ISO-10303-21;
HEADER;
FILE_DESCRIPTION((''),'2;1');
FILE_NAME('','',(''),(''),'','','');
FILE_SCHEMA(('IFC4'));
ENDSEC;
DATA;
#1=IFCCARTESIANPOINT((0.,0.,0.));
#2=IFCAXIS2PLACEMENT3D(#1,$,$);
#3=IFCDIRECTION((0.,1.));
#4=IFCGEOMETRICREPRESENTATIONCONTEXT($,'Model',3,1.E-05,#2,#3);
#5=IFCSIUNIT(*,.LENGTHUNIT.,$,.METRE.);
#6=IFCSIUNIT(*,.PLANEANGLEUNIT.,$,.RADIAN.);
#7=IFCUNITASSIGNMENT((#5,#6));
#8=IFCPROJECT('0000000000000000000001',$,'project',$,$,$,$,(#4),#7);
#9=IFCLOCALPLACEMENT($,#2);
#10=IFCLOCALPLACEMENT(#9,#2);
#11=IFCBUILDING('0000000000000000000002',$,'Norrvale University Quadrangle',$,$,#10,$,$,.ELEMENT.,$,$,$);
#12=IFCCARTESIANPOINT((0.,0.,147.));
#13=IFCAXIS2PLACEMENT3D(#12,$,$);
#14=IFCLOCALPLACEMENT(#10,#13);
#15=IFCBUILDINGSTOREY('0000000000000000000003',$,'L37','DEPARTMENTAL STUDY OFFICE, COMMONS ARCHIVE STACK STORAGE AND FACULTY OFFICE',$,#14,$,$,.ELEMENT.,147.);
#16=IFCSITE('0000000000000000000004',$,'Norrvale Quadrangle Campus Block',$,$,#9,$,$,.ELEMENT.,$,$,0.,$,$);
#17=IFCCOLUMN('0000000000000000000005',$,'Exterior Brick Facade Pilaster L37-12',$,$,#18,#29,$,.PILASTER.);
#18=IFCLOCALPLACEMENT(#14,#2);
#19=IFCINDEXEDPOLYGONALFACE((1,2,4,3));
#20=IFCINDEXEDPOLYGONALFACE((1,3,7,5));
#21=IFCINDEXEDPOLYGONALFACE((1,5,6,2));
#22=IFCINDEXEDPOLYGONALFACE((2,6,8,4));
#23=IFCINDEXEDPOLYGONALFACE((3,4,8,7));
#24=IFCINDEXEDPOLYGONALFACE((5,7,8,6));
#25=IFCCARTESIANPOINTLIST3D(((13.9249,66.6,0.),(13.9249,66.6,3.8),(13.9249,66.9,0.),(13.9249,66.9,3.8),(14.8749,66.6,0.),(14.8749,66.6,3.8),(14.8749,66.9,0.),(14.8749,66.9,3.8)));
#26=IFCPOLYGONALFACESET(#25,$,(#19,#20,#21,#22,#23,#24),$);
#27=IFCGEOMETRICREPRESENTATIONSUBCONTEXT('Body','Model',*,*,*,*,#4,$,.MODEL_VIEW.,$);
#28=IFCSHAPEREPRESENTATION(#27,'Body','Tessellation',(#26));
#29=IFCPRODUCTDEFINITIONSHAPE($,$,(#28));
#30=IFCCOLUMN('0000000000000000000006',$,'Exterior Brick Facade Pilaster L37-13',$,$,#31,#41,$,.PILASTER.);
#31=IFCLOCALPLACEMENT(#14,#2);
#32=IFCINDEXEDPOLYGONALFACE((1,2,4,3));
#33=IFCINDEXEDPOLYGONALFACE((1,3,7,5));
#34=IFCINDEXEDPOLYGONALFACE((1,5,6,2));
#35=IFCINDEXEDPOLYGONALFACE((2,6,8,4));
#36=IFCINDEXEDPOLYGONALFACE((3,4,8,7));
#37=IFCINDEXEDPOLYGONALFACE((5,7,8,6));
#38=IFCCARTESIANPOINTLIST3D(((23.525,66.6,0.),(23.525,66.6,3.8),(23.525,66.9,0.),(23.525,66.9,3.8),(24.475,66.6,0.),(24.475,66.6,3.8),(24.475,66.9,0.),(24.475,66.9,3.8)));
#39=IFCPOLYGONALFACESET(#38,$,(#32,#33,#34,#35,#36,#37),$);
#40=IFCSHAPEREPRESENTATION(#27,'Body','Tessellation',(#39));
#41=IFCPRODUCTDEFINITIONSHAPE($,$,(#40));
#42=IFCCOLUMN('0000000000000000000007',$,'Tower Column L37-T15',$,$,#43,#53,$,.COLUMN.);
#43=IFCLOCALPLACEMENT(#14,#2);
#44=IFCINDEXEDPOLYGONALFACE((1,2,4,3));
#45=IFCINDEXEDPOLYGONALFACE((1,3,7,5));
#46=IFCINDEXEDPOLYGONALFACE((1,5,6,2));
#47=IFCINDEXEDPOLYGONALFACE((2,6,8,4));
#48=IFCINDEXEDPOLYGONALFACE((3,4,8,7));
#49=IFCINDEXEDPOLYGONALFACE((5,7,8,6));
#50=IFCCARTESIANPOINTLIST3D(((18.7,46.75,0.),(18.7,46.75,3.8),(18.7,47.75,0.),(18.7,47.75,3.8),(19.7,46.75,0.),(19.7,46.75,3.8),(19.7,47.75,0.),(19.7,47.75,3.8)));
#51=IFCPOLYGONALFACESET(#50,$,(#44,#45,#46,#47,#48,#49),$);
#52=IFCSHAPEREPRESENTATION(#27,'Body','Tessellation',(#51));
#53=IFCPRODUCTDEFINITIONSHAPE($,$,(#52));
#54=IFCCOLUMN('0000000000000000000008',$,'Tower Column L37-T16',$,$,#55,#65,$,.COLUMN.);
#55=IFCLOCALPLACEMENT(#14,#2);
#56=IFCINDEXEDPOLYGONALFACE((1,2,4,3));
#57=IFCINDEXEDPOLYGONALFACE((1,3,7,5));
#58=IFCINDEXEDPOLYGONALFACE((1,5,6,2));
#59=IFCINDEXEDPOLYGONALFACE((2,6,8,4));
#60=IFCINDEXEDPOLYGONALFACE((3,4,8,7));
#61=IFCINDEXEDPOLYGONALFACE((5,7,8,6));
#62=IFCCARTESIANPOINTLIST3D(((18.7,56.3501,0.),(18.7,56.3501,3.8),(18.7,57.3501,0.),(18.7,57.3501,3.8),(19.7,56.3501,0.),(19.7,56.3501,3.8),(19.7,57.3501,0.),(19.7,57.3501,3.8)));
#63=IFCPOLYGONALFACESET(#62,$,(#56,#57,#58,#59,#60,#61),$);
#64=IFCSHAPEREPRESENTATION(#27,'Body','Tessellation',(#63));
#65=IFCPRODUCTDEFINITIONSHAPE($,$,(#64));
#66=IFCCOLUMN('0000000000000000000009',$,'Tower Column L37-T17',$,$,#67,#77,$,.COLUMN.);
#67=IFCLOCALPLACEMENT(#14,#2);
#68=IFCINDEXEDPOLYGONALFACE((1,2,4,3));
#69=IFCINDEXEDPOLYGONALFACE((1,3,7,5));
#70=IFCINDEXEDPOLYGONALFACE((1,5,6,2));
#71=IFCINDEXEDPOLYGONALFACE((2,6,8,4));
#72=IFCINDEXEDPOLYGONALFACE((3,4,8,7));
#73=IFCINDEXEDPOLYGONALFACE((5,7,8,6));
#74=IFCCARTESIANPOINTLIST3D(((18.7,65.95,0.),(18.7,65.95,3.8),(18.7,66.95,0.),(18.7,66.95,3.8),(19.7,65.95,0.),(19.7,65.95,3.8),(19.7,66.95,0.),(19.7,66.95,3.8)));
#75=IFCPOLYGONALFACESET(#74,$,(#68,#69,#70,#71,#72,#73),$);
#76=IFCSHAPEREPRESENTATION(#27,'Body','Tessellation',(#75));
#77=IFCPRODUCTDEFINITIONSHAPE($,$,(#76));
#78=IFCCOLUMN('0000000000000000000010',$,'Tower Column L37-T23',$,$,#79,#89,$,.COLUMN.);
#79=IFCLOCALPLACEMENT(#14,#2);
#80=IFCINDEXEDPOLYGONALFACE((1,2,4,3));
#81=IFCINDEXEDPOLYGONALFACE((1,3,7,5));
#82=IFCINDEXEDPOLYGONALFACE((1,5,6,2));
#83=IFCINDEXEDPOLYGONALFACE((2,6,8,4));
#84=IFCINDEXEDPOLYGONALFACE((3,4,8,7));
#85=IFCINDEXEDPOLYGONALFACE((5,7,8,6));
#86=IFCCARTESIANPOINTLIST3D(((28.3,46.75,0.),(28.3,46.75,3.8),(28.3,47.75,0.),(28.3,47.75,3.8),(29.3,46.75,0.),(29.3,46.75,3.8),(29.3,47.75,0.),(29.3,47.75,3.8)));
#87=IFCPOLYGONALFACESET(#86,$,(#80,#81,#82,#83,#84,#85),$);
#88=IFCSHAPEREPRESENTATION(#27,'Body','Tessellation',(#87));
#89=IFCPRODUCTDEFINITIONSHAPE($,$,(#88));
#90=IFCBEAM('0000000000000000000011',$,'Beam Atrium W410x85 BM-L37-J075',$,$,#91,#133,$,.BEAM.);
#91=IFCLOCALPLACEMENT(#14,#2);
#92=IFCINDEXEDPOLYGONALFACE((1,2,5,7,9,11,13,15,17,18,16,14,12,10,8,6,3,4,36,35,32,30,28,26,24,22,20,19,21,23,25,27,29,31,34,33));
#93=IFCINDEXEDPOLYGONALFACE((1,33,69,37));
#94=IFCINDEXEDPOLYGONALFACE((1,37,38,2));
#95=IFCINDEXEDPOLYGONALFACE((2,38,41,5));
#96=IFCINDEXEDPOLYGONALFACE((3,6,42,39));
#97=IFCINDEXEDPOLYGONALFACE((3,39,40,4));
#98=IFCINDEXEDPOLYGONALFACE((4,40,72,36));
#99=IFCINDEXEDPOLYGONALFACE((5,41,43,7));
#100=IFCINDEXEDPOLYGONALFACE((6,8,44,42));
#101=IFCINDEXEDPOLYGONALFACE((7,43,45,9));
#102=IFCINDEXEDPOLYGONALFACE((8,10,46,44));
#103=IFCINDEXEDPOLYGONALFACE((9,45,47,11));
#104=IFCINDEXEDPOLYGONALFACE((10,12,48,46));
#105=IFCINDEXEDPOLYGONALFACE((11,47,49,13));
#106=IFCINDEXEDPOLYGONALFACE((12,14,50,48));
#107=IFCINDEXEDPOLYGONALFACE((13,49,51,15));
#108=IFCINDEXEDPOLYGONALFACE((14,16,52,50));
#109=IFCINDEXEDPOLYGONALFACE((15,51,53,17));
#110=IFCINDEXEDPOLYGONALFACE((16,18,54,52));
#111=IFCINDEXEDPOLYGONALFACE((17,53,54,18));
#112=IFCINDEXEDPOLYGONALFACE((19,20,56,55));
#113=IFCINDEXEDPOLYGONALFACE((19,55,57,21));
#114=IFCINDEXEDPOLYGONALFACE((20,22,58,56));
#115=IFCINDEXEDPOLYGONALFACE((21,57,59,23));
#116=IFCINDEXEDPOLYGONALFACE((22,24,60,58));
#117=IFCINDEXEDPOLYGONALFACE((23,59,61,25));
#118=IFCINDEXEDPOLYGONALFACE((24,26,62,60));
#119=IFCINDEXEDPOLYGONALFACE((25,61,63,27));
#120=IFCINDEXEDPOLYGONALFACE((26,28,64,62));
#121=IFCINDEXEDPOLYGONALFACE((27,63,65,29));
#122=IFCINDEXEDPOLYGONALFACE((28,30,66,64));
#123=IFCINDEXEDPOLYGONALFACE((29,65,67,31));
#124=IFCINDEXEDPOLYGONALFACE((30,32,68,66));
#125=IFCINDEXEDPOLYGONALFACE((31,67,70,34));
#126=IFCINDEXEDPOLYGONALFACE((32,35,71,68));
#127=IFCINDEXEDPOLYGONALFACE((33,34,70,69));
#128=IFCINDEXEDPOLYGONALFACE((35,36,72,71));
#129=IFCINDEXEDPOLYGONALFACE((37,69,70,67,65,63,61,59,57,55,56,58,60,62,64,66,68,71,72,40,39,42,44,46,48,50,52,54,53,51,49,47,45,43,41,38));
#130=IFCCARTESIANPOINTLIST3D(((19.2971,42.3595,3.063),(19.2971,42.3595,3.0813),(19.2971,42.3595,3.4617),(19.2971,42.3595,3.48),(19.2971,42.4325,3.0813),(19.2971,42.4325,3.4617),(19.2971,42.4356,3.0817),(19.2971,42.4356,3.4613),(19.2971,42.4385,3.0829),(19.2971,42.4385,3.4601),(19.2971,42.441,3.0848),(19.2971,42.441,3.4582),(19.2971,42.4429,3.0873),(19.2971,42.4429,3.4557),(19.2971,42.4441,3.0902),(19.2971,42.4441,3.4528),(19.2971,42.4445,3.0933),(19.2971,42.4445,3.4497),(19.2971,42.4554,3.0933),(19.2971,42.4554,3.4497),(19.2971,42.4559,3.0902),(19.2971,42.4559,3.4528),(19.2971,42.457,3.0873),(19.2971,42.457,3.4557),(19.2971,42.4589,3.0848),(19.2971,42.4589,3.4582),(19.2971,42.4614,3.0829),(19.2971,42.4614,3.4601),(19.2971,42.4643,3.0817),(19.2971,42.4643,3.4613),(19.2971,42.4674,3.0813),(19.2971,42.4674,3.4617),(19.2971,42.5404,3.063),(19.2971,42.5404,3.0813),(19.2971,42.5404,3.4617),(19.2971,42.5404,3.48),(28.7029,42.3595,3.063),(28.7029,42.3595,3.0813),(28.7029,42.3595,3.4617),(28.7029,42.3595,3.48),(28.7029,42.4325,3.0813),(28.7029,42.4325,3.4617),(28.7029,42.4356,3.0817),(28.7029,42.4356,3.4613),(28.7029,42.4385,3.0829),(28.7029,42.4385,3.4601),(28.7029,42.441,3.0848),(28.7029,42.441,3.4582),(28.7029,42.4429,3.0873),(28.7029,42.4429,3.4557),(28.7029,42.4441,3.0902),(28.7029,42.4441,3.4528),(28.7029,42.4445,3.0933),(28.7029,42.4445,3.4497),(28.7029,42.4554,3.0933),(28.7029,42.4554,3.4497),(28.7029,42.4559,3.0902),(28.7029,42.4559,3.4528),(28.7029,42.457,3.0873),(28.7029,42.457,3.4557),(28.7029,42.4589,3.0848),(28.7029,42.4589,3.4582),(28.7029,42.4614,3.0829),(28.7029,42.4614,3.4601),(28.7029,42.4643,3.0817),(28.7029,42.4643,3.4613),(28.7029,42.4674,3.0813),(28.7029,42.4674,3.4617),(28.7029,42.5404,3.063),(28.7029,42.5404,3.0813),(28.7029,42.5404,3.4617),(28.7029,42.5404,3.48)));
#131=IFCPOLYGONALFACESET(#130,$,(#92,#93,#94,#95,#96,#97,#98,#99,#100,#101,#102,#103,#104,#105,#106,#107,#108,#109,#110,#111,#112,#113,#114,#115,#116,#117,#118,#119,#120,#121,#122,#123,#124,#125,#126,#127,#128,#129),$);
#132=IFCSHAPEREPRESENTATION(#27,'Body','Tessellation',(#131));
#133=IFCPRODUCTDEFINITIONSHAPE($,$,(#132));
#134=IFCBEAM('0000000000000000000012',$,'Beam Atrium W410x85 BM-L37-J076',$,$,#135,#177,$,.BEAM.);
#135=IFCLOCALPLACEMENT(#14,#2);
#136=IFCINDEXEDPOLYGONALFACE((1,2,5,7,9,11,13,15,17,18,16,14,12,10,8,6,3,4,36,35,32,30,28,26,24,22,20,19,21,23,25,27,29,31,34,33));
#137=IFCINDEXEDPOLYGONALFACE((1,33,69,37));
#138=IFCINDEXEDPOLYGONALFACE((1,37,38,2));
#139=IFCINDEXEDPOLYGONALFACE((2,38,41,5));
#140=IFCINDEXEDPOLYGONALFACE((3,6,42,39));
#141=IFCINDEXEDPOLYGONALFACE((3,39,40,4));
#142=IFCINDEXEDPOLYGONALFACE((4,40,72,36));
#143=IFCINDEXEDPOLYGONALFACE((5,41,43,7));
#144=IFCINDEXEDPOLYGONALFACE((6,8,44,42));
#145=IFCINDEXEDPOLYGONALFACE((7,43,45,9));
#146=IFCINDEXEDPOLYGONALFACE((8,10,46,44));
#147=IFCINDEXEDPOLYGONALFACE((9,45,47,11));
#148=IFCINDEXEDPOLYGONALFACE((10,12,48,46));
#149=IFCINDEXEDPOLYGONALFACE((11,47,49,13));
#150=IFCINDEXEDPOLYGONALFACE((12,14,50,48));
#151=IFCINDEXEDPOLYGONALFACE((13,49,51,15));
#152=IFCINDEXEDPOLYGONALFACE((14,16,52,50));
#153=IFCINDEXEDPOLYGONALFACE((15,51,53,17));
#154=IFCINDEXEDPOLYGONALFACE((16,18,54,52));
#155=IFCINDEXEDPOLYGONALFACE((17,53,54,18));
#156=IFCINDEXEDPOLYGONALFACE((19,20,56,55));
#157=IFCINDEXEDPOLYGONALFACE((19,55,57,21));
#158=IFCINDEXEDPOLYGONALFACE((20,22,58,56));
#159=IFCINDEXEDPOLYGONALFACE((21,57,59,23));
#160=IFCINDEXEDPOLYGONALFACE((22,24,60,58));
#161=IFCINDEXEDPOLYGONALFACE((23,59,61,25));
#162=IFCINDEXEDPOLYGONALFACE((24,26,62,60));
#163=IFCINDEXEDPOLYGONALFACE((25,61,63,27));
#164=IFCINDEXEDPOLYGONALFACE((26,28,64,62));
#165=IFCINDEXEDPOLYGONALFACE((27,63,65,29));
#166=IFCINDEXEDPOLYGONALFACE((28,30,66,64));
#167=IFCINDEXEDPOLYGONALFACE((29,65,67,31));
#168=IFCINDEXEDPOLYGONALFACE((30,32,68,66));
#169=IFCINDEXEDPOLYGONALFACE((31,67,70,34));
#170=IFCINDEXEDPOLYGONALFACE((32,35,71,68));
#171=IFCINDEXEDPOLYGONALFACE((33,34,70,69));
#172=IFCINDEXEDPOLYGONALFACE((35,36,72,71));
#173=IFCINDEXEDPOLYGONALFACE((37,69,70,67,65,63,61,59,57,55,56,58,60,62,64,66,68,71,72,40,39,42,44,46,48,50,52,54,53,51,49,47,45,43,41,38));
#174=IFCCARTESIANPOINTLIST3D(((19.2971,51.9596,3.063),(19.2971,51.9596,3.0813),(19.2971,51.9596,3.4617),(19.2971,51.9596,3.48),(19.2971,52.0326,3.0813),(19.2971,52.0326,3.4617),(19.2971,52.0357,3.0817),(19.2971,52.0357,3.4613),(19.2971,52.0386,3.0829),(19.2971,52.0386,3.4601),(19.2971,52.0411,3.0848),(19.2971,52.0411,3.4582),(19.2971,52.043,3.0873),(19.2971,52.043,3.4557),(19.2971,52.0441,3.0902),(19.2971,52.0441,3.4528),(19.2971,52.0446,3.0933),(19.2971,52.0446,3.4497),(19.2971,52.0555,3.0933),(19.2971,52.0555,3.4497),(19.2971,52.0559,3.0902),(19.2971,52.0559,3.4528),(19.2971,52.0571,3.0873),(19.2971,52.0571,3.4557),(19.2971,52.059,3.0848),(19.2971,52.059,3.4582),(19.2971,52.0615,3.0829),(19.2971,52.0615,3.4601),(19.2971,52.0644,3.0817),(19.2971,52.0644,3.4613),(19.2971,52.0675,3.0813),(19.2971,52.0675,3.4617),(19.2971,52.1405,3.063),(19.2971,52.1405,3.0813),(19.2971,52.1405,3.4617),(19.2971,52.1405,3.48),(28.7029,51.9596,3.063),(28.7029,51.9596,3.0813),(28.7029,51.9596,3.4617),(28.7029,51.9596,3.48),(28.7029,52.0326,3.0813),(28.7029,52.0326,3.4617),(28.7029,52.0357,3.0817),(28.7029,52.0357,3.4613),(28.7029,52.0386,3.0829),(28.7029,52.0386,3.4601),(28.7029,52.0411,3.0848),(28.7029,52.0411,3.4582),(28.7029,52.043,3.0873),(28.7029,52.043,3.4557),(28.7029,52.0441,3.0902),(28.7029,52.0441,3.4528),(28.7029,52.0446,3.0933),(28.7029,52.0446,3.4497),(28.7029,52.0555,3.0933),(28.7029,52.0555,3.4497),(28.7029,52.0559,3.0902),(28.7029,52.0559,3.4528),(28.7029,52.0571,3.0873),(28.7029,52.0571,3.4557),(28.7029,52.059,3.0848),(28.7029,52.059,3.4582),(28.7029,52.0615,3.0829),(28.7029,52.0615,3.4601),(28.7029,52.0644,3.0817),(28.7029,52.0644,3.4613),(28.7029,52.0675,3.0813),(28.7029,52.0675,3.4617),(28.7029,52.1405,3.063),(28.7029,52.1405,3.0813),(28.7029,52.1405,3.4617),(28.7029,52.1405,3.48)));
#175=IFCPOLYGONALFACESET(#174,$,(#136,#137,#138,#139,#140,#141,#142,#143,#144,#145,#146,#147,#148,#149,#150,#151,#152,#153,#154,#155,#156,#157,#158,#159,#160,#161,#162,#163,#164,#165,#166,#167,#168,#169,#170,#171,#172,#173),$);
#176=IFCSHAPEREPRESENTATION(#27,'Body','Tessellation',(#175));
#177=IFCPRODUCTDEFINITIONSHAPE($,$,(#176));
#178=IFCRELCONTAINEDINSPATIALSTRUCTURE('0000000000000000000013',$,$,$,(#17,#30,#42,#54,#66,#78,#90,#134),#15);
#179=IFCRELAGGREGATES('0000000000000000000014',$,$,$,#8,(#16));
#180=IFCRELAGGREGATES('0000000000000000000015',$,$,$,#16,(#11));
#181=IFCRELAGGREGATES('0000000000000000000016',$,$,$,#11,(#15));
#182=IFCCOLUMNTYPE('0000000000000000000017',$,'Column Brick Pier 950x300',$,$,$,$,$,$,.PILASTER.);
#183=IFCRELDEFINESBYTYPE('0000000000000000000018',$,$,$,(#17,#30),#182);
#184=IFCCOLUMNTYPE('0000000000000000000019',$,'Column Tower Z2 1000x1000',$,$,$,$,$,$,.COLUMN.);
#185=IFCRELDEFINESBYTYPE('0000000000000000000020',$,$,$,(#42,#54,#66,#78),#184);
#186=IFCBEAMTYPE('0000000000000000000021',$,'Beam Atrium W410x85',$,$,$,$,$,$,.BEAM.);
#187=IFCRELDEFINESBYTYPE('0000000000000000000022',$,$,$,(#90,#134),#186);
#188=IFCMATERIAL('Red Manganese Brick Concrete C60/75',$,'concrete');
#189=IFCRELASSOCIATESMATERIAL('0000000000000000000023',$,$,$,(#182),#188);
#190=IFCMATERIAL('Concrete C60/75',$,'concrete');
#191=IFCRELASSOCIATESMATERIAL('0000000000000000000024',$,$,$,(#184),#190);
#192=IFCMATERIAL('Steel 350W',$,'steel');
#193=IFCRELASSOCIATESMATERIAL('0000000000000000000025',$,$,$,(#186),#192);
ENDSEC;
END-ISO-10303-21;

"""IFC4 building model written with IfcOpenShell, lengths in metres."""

from ifc_helpers import new_model, si_unit, direction, frame, origin, origin_2d, place, context, subcontext, project, spatial, rectangle, i_section, extrude, material, material_profile, profile_set, type_object, element, save


model = new_model("IFC4")

# Units and contexts
model_context = context("Model", 3, precision=1e-05, world=origin(), true_north=direction((0.0, 1.0)))
body_context = subcontext(model_context, "Body", "Model", "MODEL_VIEW")
ifc_project = project(units=[si_unit("LENGTHUNIT", "METRE"), si_unit("PLANEANGLEUNIT", "RADIAN")], contexts=[model_context])

# Site, building, storey
site_placement = place(None, origin())
site = spatial("IfcSite", under=ifc_project, at=site_placement, Name="Norrvale Quadrangle Campus Block", CompositionType="ELEMENT", RefElevation=0.0)
building_placement = place(site_placement, origin())
building = spatial("IfcBuilding", under=site, at=building_placement, Name="Norrvale University Quadrangle", CompositionType="ELEMENT")
storey_placement = place(building_placement, frame((0.0, 0.0, 147.0)))
storey = spatial("IfcBuildingStorey", under=building, at=storey_placement, Name="L37", Description="DEPARTMENTAL STUDY OFFICE, COMMONS ARCHIVE STACK STORAGE AND FACULTY OFFICE", CompositionType="ELEMENT", Elevation=147.0)

# Columns
ifc_material_1 = material(Name="Red Manganese Brick Concrete C60/75", Category="concrete")
ifc_material_profile_1 = material_profile(ifc_material_1, rectangle(XDim=0.95, YDim=0.3, at=origin_2d()), Name="Red Manganese Brick Concrete C60/75")
ifc_profile_set_1 = profile_set([ifc_material_profile_1], Name="Red Manganese Brick Concrete C60/75")
column_type_1 = type_object("IfcColumnType", Name="Column Brick Pier 950x300", PredefinedType="PILASTER", material=ifc_profile_set_1)
for number, where, z_axis, x_axis, name in (
    (1, (14.3999, 66.75, 0.0), (0.0, 0.0, 1.0), (1.0, 0.0, 0.0), "Exterior Brick Facade Pilaster L37-12"),
    (2, (24.0, 66.75, 0.0), (0.0, 0.0, 1.0), (1.0, 0.0, 0.0), "Exterior Brick Facade Pilaster L37-13"),
):
    element("IfcColumn", number, at=place(storey_placement, frame(where, z_axis=z_axis, x_axis=x_axis)), inside=storey, type_object=column_type_1, Name=name, PredefinedType="PILASTER", context=body_context, shape_type="SweptSolid", body=[
        extrude(rectangle(XDim=0.95, YDim=0.3, at=origin_2d()), origin(), (0.0, 0.0, 1.0), 3.8),
    ])
ifc_material_2 = material(Name="Concrete C60/75", Category="concrete")
ifc_material_profile_2 = material_profile(ifc_material_2, rectangle(XDim=1.0, YDim=1.0, at=origin_2d()), Name="Concrete C60/75")
ifc_profile_set_2 = profile_set([ifc_material_profile_2], Name="Concrete C60/75")
column_type_2 = type_object("IfcColumnType", Name="Column Tower Z2 1000x1000", PredefinedType="COLUMN", material=ifc_profile_set_2)
for number, where, z_axis, x_axis, name in (
    (3, (19.2, 47.25, 0.0), (0.0, 0.0, 1.0), (1.0, 0.0, 0.0), "Tower Column L37-T15"),
    (4, (19.2, 56.8501, 0.0), (0.0, 0.0, 1.0), (1.0, 0.0, 0.0), "Tower Column L37-T16"),
    (5, (19.2, 66.45, 0.0), (0.0, 0.0, 1.0), (1.0, 0.0, 0.0), "Tower Column L37-T17"),
    (6, (28.8, 47.25, 0.0), (0.0, 0.0, 1.0), (1.0, 0.0, 0.0), "Tower Column L37-T23"),
):
    element("IfcColumn", number, at=place(storey_placement, frame(where, z_axis=z_axis, x_axis=x_axis)), inside=storey, type_object=column_type_2, Name=name, PredefinedType="COLUMN", context=body_context, shape_type="SweptSolid", body=[
        extrude(rectangle(XDim=1.0, YDim=1.0, at=origin_2d()), origin(), (0.0, 0.0, 1.0), 3.8),
    ])

# Beams
ifc_material_3 = material(Name="Steel 350W", Category="steel")
ifc_material_profile_3 = material_profile(ifc_material_3, i_section(OverallWidth=0.1809, OverallDepth=0.417, WebThickness=0.011, FlangeThickness=0.0183, FilletRadius=0.012, at=origin_2d()), Name="Steel 350W")
ifc_profile_set_3 = profile_set([ifc_material_profile_3], Name="Steel 350W")
beam_type_1 = type_object("IfcBeamType", Name="Beam Atrium W410x85", PredefinedType="BEAM", material=ifc_profile_set_3)
for number, where, z_axis, x_axis, name in (
    (7, (19.2971, 42.45, 3.2715), (1.0, 0.0, 0.0), (0.0, 1.0, 0.0), "Beam Atrium W410x85 BM-L37-J075"),
    (8, (19.2971, 52.05, 3.2715), (1.0, 0.0, 0.0), (0.0, 1.0, 0.0), "Beam Atrium W410x85 BM-L37-J076"),
):
    element("IfcBeam", number, at=place(storey_placement, frame(where, z_axis=z_axis, x_axis=x_axis)), inside=storey, type_object=beam_type_1, Name=name, PredefinedType="BEAM", context=body_context, shape_type="SweptSolid", body=[
        extrude(i_section(OverallWidth=0.1809, OverallDepth=0.417, WebThickness=0.011, FlangeThickness=0.0183, FilletRadius=0.012, at=origin_2d()), origin(), (0.0, 0.0, 1.0), 9.4058),
    ])

save(model, "model.ifc")
